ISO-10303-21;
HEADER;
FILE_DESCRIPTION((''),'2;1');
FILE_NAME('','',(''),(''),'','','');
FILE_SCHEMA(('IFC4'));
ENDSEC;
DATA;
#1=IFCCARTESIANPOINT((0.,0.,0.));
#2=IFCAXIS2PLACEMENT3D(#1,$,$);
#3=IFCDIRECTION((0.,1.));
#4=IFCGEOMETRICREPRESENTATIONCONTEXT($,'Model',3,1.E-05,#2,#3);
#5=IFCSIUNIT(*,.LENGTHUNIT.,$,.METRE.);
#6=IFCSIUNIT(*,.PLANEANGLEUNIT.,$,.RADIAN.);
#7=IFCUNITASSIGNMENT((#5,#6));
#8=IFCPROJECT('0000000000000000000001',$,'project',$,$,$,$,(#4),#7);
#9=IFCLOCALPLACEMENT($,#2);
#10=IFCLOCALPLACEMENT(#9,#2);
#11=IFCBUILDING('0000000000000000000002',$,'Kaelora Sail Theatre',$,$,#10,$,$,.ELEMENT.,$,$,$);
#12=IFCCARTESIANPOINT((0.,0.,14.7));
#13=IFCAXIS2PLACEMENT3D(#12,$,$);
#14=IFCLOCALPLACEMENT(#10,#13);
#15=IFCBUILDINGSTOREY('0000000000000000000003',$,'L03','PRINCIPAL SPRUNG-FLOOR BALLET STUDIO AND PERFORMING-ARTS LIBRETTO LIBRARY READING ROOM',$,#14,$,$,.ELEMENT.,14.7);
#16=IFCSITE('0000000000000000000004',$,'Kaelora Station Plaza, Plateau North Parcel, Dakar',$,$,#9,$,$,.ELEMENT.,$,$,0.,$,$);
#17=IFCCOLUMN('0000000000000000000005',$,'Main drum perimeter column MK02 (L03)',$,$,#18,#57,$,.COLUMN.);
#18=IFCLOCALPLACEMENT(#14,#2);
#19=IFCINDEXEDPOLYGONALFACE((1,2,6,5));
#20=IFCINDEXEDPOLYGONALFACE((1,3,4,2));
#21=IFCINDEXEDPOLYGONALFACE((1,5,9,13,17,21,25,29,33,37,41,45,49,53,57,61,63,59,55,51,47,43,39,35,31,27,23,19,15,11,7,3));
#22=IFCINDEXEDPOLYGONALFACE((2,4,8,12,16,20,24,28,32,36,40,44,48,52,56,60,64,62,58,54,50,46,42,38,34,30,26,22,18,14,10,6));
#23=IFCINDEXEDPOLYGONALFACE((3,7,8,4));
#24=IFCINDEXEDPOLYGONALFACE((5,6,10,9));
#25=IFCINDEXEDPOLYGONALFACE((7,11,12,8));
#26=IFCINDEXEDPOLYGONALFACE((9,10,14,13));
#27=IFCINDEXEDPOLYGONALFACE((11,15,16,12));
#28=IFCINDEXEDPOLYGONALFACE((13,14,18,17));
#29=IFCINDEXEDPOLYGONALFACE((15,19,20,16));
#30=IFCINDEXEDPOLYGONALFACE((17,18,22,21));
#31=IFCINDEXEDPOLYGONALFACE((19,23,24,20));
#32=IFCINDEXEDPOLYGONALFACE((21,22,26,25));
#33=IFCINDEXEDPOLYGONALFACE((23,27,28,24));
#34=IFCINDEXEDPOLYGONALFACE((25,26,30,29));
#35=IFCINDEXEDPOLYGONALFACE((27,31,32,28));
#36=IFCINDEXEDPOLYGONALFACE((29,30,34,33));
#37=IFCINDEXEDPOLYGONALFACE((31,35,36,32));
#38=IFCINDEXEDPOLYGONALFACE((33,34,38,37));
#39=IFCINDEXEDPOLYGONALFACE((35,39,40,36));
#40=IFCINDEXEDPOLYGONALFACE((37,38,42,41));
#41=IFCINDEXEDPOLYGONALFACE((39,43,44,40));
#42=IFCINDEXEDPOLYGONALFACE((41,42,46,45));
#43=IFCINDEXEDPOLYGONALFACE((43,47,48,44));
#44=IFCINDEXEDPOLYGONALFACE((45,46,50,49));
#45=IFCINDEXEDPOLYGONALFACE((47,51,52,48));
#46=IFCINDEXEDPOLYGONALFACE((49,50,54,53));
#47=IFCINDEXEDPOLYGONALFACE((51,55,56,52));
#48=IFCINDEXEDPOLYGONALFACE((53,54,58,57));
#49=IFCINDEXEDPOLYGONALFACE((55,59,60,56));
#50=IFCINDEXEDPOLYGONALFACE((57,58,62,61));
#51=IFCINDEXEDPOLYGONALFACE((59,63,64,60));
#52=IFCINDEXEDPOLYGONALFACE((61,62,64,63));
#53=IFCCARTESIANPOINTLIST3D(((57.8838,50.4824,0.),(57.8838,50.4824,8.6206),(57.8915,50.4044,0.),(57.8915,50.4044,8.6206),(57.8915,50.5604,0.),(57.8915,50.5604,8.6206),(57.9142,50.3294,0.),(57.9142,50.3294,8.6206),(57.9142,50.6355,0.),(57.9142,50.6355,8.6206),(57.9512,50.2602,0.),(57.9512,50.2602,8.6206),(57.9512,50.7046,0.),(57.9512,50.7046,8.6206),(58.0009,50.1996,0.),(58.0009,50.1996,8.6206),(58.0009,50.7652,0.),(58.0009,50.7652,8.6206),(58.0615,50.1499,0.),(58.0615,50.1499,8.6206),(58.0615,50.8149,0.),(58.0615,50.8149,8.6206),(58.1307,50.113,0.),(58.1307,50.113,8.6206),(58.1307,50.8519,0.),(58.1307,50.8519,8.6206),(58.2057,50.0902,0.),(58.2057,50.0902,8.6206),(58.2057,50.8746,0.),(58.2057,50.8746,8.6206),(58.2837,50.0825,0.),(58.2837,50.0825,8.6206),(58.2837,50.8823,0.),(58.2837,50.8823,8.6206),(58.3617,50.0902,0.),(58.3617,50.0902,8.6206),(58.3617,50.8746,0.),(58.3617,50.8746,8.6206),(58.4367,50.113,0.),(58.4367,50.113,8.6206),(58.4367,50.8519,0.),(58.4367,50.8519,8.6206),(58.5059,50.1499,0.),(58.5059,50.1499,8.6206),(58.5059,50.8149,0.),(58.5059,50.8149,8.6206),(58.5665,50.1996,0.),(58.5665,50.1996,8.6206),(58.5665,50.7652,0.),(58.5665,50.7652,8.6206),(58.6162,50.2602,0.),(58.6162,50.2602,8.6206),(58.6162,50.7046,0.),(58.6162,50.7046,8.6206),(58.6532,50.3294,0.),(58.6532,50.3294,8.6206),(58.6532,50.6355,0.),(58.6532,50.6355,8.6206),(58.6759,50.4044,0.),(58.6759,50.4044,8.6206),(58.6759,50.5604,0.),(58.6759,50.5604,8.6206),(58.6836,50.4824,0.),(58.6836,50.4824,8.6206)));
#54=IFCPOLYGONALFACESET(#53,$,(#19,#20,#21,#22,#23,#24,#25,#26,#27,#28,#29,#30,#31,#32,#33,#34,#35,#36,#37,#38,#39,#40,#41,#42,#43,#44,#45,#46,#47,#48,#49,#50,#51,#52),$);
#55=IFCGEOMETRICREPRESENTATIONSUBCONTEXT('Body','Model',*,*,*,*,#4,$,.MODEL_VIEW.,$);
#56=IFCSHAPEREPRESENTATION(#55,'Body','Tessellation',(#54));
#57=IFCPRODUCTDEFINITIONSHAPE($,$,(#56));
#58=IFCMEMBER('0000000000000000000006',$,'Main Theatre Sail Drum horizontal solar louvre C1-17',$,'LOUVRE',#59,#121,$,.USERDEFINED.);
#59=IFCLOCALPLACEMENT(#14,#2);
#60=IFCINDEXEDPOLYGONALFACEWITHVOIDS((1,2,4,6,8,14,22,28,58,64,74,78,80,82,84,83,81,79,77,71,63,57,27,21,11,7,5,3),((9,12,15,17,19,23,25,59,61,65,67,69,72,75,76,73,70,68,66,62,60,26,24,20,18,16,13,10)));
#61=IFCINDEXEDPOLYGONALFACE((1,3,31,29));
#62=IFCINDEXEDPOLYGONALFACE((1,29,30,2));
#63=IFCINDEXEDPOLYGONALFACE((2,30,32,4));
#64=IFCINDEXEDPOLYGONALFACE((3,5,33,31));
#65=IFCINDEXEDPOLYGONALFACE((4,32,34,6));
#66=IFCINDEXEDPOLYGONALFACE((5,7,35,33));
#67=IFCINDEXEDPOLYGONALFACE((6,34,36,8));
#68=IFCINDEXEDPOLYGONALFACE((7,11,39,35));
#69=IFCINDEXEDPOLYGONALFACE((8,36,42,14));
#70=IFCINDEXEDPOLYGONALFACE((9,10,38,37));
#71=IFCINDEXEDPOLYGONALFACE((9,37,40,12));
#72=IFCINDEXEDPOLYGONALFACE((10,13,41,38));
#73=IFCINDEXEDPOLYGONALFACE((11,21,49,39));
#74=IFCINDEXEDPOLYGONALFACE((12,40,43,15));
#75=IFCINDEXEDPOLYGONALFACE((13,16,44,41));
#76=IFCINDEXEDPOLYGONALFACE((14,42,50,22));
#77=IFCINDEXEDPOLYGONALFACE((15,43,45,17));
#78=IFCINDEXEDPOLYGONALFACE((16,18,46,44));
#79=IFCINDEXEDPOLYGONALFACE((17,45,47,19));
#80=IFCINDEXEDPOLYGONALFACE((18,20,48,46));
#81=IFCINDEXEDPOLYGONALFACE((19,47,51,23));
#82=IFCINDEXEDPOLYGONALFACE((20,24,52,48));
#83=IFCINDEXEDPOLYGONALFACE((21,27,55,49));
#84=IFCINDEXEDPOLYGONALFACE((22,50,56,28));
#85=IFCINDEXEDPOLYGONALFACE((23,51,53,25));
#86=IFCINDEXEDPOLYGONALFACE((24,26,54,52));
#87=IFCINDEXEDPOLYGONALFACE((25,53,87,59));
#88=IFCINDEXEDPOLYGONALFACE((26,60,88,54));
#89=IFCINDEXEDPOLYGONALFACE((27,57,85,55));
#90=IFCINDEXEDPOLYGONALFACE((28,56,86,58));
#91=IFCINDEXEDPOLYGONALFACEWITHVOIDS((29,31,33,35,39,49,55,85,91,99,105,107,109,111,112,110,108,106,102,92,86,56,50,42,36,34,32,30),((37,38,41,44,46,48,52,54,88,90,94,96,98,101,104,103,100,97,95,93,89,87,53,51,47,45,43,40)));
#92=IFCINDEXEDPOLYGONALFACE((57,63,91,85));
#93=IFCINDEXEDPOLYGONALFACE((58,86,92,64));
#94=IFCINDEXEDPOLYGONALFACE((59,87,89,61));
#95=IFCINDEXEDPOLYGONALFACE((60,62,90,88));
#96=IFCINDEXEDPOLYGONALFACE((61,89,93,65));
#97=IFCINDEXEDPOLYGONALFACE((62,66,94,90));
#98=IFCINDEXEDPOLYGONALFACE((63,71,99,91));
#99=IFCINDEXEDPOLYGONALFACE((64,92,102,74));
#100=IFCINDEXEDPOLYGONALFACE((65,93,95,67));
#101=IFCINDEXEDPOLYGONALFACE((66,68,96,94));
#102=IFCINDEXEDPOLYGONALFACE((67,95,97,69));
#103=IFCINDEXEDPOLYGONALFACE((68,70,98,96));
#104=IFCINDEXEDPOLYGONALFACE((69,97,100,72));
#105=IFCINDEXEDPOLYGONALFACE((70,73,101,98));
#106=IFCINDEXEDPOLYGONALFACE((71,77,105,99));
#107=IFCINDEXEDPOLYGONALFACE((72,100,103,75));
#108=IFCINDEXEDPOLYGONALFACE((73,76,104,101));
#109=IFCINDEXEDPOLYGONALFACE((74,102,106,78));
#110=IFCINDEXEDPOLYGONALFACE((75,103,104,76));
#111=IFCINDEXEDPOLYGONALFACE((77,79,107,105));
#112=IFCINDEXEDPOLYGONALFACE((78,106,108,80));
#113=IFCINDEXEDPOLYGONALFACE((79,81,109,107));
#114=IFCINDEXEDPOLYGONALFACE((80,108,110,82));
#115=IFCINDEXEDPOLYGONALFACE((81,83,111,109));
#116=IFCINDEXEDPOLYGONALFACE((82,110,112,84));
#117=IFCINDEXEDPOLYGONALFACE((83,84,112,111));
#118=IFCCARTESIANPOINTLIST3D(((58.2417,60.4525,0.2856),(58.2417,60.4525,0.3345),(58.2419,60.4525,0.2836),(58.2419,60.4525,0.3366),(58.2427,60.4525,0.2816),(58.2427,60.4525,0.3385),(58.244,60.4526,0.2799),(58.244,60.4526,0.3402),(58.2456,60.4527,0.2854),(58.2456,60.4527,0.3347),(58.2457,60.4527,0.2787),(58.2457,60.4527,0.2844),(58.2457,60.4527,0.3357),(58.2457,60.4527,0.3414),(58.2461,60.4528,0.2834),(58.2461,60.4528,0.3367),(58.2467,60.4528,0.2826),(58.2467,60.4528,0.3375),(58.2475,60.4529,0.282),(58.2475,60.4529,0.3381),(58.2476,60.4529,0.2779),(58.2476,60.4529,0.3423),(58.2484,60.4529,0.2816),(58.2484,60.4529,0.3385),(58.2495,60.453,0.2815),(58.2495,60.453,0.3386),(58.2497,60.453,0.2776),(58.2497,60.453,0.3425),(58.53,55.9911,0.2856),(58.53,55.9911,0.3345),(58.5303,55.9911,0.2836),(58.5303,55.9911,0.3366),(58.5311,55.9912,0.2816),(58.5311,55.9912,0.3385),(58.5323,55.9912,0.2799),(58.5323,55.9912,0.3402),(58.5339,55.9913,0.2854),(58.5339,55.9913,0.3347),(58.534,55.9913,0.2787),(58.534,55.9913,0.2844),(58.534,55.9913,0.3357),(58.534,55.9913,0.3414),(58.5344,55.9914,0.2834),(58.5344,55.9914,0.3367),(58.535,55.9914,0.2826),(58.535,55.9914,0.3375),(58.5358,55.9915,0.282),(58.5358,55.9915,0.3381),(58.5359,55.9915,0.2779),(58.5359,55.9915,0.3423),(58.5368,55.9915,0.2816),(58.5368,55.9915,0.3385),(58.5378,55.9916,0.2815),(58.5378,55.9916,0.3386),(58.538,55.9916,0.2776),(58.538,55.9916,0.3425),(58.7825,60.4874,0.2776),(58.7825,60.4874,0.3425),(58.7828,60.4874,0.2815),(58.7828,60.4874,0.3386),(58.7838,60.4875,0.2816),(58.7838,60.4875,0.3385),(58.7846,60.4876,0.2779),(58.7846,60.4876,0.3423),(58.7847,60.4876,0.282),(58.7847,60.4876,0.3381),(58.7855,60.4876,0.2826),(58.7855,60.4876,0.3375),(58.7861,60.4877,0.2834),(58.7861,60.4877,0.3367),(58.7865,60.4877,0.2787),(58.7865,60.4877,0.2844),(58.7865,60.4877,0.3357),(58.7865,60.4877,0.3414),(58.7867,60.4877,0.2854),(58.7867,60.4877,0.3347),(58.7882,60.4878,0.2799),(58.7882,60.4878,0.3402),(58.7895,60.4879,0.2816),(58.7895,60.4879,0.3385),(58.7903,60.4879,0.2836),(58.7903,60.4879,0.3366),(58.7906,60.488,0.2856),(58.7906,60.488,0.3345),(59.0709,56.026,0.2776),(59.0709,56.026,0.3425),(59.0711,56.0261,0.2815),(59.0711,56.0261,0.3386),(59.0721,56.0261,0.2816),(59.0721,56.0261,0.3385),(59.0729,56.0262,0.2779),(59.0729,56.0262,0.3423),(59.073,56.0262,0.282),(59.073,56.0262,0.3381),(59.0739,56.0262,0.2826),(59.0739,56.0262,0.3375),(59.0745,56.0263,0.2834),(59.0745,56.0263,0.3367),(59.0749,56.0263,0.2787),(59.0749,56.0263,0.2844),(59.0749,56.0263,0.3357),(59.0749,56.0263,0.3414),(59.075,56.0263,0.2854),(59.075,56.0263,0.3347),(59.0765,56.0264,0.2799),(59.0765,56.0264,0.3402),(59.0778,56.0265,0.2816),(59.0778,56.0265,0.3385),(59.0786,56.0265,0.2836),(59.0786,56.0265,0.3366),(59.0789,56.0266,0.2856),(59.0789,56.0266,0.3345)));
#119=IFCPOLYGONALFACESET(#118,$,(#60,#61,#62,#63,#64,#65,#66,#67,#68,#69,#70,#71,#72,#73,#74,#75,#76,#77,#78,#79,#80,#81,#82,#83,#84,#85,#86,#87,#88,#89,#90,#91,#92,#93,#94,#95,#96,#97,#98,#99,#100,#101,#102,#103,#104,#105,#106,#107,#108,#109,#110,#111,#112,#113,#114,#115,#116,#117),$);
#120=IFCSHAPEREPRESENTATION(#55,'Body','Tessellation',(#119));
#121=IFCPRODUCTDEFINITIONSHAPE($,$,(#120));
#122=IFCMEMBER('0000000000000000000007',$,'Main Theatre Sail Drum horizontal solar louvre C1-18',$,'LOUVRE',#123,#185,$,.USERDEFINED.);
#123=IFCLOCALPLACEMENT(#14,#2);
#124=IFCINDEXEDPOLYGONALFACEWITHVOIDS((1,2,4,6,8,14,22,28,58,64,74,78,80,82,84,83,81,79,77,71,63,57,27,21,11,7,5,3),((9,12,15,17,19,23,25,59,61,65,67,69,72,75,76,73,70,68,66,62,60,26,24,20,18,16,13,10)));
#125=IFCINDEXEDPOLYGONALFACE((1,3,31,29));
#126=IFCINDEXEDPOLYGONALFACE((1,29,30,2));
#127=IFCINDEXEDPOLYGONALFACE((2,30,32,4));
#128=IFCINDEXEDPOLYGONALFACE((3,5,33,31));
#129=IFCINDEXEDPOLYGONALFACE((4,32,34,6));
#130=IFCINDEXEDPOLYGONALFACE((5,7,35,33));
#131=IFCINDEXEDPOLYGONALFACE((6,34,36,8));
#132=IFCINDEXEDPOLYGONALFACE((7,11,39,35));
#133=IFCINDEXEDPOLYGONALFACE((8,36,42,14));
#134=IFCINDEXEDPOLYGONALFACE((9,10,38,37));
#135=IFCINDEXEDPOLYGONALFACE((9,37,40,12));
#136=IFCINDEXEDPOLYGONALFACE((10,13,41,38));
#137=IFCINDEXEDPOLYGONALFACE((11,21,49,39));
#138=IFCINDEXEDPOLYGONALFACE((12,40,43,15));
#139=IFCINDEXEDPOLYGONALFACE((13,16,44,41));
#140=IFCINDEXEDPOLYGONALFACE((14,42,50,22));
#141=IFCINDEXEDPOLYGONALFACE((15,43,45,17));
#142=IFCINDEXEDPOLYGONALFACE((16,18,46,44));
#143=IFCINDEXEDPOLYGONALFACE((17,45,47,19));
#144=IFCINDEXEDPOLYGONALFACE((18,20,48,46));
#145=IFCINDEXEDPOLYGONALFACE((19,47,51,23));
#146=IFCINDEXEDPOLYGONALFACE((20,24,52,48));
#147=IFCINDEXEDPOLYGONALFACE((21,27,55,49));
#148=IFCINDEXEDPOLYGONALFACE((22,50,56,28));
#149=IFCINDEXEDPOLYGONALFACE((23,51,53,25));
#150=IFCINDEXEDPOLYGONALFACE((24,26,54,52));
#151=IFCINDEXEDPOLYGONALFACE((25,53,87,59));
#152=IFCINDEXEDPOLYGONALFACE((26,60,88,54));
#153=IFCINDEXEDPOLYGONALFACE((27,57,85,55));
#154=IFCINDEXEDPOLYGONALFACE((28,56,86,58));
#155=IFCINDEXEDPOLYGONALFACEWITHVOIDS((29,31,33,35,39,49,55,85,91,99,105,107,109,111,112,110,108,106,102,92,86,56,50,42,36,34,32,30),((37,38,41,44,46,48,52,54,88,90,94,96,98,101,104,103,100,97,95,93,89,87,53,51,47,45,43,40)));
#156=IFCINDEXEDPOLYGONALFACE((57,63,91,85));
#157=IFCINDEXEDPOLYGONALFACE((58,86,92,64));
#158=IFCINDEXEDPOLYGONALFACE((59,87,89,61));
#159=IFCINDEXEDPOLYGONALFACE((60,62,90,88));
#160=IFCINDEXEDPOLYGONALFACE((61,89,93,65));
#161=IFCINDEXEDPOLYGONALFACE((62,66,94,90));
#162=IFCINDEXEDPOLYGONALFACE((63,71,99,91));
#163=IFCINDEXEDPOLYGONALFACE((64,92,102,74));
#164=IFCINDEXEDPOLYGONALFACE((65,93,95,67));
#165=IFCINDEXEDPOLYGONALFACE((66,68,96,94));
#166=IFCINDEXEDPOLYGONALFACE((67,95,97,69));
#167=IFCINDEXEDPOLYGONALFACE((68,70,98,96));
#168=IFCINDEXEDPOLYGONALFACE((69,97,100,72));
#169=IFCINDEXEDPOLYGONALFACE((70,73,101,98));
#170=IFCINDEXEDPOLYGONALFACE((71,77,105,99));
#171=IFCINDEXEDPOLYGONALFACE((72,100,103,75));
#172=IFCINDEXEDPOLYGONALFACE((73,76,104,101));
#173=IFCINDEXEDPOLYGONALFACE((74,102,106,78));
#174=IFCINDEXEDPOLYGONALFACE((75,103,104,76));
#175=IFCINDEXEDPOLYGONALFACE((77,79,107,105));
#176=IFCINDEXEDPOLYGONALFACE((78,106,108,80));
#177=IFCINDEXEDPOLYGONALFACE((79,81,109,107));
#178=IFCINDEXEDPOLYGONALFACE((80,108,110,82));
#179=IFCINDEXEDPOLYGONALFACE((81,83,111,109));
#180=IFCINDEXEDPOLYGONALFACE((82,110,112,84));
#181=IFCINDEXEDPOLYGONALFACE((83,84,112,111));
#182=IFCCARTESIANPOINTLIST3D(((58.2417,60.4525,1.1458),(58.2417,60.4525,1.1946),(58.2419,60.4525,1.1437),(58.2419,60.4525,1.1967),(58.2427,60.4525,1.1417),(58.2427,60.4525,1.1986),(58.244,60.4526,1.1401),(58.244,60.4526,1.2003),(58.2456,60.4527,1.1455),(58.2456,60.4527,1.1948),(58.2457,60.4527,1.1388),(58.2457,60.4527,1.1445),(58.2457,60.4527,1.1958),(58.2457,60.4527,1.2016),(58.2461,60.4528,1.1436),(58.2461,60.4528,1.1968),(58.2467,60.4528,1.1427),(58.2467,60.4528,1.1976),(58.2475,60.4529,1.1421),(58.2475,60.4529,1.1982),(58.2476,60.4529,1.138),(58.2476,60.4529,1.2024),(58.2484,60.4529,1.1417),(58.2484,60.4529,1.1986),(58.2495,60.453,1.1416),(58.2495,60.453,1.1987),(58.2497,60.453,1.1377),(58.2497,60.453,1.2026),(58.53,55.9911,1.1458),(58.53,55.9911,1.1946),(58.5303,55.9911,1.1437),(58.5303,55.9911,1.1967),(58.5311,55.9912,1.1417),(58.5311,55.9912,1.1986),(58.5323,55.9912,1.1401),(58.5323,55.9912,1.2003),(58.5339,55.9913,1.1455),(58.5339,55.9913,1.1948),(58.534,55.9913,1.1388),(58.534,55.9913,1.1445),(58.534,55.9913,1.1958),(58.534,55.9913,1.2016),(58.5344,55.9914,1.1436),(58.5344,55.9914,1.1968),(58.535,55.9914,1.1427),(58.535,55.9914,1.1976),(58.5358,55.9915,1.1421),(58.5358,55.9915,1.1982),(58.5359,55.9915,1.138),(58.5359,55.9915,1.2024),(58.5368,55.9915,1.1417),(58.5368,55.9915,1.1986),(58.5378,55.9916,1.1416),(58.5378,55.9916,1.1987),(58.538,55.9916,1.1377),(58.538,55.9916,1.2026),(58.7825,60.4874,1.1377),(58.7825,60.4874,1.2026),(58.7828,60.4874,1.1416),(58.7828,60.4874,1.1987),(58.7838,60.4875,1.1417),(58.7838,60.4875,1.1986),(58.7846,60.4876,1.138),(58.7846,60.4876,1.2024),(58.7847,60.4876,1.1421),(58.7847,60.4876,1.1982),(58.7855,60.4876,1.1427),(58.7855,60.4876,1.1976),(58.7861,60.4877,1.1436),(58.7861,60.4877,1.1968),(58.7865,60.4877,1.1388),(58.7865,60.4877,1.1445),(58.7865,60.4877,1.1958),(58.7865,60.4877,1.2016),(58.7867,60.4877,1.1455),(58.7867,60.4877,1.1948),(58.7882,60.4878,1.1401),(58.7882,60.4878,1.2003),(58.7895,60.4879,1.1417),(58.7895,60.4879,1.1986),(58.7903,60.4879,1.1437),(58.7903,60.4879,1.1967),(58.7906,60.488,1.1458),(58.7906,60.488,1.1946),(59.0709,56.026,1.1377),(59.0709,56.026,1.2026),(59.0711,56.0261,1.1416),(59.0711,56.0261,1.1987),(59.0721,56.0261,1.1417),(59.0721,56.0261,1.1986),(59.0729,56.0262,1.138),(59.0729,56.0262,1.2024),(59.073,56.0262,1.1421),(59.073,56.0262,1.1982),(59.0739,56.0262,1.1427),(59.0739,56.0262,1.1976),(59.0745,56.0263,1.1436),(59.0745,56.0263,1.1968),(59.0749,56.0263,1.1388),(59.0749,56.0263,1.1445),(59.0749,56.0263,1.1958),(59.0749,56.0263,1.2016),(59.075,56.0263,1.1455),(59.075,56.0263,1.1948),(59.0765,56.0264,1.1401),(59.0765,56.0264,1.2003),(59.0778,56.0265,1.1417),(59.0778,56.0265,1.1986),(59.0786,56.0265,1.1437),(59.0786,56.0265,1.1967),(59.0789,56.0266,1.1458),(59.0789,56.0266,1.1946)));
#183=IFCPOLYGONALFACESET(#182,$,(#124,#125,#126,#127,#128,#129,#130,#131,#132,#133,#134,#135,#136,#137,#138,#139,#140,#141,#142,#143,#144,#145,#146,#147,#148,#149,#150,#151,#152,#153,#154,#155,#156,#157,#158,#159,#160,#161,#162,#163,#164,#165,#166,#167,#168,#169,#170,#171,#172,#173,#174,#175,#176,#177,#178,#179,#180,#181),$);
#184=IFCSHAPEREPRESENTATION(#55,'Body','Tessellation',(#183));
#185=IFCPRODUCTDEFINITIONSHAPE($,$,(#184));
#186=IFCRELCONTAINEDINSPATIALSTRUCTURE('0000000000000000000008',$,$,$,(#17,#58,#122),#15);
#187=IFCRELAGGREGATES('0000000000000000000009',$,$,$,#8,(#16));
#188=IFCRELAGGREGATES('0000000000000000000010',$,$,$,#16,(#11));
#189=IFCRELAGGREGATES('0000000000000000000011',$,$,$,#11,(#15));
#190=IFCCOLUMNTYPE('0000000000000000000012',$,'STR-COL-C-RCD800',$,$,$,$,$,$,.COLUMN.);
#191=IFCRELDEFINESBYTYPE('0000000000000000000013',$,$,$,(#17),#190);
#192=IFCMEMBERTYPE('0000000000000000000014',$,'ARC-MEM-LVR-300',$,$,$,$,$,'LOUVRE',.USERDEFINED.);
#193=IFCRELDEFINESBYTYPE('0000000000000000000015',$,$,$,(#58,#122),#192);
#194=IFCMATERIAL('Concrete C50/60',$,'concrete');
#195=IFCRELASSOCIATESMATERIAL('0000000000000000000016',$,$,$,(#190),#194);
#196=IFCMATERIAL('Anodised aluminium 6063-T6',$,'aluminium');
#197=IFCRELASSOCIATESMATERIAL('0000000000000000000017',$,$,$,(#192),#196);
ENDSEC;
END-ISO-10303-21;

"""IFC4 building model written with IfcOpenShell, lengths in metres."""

from ifc_helpers import new_model, si_unit, direction, frame, origin, origin_2d, place, context, subcontext, project, spatial, hollow_rectangle, circle, extrude, material, material_profile, profile_set, type_object, element, save


model = new_model("IFC4")

# Units and contexts
model_context = context("Model", 3, precision=1e-05, world=origin(), true_north=direction((0.0, 1.0)))
body_context = subcontext(model_context, "Body", "Model", "MODEL_VIEW")
ifc_project = project(units=[si_unit("LENGTHUNIT", "METRE"), si_unit("PLANEANGLEUNIT", "RADIAN")], contexts=[model_context])

# Site, building, storey
site_placement = place(None, origin())
site = spatial("IfcSite", under=ifc_project, at=site_placement, Name="Kaelora Station Plaza, Plateau North Parcel, Dakar", CompositionType="ELEMENT", RefElevation=0.0)
building_placement = place(site_placement, origin())
building = spatial("IfcBuilding", under=site, at=building_placement, Name="Kaelora Sail Theatre", CompositionType="ELEMENT")
storey_placement = place(building_placement, frame((0.0, 0.0, 14.7)))
storey = spatial("IfcBuildingStorey", under=building, at=storey_placement, Name="L03", Description="PRINCIPAL SPRUNG-FLOOR BALLET STUDIO AND PERFORMING-ARTS LIBRETTO LIBRARY READING ROOM", CompositionType="ELEMENT", Elevation=14.7)

# Column
ifc_material_1 = material(Name="Concrete C50/60", Category="concrete")
ifc_material_profile_1 = material_profile(ifc_material_1, circle(Radius=0.3999, at=origin_2d()), Name="RC-CCOL D800")
ifc_profile_set_1 = profile_set([ifc_material_profile_1], Name="Concrete C50/60")
column_type = type_object("IfcColumnType", Name="STR-COL-C-RCD800", PredefinedType="COLUMN", material=ifc_profile_set_1)
column_placement = place(storey_placement, frame((58.2837, 50.4824, 0.0), z_axis=(0.0, 0.0, 1.0), x_axis=(1.0, 0.0, 0.0)))
element("IfcColumn", 1, at=column_placement, inside=storey, type_object=column_type, Name="Main drum perimeter column MK02 (L03)", PredefinedType="COLUMN", context=body_context, shape_type="SweptSolid", body=[
    extrude(circle(Radius=0.3999, at=origin_2d()), origin(), (0.0, 0.0, 1.0), 8.6206),
])

# Members
ifc_material_2 = material(Name="Anodised aluminium 6063-T6", Category="aluminium")
ifc_material_profile_2 = material_profile(ifc_material_2, hollow_rectangle(XDim=0.55, YDim=0.0649, WallThickness=0.0039, InnerFilletRadius=0.0039, OuterFilletRadius=0.0081, at=origin_2d()), Name="LOUVRE 550x65x4")
ifc_profile_set_2 = profile_set([ifc_material_profile_2], Name="Anodised aluminium 6063-T6")
member_type = type_object("IfcMemberType", Name="ARC-MEM-LVR-300", ElementType="LOUVRE", PredefinedType="USERDEFINED", material=ifc_profile_set_2)
for number, where, z_axis, x_axis, name in (
    (2, (58.5161, 60.4702, 0.3101), (0.064493, -0.997918, 0.0), (0.997918, 0.064493, 0.0), "Main Theatre Sail Drum horizontal solar louvre C1-17"),
    (3, (58.5161, 60.4702, 1.1702), (0.064493, -0.997918, 0.0), (0.997918, 0.064493, 0.0), "Main Theatre Sail Drum horizontal solar louvre C1-18"),
):
    element("IfcMember", number, at=place(storey_placement, frame(where, z_axis=z_axis, x_axis=x_axis)), inside=storey, type_object=member_type, Name=name, ObjectType="LOUVRE", PredefinedType="USERDEFINED", context=body_context, shape_type="SweptSolid", body=[
        extrude(hollow_rectangle(XDim=0.55, YDim=0.0649, WallThickness=0.0039, InnerFilletRadius=0.0039, OuterFilletRadius=0.0081, at=origin_2d()), origin(), (0.0, 0.0, 1.0), 4.4707),
    ])

save(model, "model.ifc")
